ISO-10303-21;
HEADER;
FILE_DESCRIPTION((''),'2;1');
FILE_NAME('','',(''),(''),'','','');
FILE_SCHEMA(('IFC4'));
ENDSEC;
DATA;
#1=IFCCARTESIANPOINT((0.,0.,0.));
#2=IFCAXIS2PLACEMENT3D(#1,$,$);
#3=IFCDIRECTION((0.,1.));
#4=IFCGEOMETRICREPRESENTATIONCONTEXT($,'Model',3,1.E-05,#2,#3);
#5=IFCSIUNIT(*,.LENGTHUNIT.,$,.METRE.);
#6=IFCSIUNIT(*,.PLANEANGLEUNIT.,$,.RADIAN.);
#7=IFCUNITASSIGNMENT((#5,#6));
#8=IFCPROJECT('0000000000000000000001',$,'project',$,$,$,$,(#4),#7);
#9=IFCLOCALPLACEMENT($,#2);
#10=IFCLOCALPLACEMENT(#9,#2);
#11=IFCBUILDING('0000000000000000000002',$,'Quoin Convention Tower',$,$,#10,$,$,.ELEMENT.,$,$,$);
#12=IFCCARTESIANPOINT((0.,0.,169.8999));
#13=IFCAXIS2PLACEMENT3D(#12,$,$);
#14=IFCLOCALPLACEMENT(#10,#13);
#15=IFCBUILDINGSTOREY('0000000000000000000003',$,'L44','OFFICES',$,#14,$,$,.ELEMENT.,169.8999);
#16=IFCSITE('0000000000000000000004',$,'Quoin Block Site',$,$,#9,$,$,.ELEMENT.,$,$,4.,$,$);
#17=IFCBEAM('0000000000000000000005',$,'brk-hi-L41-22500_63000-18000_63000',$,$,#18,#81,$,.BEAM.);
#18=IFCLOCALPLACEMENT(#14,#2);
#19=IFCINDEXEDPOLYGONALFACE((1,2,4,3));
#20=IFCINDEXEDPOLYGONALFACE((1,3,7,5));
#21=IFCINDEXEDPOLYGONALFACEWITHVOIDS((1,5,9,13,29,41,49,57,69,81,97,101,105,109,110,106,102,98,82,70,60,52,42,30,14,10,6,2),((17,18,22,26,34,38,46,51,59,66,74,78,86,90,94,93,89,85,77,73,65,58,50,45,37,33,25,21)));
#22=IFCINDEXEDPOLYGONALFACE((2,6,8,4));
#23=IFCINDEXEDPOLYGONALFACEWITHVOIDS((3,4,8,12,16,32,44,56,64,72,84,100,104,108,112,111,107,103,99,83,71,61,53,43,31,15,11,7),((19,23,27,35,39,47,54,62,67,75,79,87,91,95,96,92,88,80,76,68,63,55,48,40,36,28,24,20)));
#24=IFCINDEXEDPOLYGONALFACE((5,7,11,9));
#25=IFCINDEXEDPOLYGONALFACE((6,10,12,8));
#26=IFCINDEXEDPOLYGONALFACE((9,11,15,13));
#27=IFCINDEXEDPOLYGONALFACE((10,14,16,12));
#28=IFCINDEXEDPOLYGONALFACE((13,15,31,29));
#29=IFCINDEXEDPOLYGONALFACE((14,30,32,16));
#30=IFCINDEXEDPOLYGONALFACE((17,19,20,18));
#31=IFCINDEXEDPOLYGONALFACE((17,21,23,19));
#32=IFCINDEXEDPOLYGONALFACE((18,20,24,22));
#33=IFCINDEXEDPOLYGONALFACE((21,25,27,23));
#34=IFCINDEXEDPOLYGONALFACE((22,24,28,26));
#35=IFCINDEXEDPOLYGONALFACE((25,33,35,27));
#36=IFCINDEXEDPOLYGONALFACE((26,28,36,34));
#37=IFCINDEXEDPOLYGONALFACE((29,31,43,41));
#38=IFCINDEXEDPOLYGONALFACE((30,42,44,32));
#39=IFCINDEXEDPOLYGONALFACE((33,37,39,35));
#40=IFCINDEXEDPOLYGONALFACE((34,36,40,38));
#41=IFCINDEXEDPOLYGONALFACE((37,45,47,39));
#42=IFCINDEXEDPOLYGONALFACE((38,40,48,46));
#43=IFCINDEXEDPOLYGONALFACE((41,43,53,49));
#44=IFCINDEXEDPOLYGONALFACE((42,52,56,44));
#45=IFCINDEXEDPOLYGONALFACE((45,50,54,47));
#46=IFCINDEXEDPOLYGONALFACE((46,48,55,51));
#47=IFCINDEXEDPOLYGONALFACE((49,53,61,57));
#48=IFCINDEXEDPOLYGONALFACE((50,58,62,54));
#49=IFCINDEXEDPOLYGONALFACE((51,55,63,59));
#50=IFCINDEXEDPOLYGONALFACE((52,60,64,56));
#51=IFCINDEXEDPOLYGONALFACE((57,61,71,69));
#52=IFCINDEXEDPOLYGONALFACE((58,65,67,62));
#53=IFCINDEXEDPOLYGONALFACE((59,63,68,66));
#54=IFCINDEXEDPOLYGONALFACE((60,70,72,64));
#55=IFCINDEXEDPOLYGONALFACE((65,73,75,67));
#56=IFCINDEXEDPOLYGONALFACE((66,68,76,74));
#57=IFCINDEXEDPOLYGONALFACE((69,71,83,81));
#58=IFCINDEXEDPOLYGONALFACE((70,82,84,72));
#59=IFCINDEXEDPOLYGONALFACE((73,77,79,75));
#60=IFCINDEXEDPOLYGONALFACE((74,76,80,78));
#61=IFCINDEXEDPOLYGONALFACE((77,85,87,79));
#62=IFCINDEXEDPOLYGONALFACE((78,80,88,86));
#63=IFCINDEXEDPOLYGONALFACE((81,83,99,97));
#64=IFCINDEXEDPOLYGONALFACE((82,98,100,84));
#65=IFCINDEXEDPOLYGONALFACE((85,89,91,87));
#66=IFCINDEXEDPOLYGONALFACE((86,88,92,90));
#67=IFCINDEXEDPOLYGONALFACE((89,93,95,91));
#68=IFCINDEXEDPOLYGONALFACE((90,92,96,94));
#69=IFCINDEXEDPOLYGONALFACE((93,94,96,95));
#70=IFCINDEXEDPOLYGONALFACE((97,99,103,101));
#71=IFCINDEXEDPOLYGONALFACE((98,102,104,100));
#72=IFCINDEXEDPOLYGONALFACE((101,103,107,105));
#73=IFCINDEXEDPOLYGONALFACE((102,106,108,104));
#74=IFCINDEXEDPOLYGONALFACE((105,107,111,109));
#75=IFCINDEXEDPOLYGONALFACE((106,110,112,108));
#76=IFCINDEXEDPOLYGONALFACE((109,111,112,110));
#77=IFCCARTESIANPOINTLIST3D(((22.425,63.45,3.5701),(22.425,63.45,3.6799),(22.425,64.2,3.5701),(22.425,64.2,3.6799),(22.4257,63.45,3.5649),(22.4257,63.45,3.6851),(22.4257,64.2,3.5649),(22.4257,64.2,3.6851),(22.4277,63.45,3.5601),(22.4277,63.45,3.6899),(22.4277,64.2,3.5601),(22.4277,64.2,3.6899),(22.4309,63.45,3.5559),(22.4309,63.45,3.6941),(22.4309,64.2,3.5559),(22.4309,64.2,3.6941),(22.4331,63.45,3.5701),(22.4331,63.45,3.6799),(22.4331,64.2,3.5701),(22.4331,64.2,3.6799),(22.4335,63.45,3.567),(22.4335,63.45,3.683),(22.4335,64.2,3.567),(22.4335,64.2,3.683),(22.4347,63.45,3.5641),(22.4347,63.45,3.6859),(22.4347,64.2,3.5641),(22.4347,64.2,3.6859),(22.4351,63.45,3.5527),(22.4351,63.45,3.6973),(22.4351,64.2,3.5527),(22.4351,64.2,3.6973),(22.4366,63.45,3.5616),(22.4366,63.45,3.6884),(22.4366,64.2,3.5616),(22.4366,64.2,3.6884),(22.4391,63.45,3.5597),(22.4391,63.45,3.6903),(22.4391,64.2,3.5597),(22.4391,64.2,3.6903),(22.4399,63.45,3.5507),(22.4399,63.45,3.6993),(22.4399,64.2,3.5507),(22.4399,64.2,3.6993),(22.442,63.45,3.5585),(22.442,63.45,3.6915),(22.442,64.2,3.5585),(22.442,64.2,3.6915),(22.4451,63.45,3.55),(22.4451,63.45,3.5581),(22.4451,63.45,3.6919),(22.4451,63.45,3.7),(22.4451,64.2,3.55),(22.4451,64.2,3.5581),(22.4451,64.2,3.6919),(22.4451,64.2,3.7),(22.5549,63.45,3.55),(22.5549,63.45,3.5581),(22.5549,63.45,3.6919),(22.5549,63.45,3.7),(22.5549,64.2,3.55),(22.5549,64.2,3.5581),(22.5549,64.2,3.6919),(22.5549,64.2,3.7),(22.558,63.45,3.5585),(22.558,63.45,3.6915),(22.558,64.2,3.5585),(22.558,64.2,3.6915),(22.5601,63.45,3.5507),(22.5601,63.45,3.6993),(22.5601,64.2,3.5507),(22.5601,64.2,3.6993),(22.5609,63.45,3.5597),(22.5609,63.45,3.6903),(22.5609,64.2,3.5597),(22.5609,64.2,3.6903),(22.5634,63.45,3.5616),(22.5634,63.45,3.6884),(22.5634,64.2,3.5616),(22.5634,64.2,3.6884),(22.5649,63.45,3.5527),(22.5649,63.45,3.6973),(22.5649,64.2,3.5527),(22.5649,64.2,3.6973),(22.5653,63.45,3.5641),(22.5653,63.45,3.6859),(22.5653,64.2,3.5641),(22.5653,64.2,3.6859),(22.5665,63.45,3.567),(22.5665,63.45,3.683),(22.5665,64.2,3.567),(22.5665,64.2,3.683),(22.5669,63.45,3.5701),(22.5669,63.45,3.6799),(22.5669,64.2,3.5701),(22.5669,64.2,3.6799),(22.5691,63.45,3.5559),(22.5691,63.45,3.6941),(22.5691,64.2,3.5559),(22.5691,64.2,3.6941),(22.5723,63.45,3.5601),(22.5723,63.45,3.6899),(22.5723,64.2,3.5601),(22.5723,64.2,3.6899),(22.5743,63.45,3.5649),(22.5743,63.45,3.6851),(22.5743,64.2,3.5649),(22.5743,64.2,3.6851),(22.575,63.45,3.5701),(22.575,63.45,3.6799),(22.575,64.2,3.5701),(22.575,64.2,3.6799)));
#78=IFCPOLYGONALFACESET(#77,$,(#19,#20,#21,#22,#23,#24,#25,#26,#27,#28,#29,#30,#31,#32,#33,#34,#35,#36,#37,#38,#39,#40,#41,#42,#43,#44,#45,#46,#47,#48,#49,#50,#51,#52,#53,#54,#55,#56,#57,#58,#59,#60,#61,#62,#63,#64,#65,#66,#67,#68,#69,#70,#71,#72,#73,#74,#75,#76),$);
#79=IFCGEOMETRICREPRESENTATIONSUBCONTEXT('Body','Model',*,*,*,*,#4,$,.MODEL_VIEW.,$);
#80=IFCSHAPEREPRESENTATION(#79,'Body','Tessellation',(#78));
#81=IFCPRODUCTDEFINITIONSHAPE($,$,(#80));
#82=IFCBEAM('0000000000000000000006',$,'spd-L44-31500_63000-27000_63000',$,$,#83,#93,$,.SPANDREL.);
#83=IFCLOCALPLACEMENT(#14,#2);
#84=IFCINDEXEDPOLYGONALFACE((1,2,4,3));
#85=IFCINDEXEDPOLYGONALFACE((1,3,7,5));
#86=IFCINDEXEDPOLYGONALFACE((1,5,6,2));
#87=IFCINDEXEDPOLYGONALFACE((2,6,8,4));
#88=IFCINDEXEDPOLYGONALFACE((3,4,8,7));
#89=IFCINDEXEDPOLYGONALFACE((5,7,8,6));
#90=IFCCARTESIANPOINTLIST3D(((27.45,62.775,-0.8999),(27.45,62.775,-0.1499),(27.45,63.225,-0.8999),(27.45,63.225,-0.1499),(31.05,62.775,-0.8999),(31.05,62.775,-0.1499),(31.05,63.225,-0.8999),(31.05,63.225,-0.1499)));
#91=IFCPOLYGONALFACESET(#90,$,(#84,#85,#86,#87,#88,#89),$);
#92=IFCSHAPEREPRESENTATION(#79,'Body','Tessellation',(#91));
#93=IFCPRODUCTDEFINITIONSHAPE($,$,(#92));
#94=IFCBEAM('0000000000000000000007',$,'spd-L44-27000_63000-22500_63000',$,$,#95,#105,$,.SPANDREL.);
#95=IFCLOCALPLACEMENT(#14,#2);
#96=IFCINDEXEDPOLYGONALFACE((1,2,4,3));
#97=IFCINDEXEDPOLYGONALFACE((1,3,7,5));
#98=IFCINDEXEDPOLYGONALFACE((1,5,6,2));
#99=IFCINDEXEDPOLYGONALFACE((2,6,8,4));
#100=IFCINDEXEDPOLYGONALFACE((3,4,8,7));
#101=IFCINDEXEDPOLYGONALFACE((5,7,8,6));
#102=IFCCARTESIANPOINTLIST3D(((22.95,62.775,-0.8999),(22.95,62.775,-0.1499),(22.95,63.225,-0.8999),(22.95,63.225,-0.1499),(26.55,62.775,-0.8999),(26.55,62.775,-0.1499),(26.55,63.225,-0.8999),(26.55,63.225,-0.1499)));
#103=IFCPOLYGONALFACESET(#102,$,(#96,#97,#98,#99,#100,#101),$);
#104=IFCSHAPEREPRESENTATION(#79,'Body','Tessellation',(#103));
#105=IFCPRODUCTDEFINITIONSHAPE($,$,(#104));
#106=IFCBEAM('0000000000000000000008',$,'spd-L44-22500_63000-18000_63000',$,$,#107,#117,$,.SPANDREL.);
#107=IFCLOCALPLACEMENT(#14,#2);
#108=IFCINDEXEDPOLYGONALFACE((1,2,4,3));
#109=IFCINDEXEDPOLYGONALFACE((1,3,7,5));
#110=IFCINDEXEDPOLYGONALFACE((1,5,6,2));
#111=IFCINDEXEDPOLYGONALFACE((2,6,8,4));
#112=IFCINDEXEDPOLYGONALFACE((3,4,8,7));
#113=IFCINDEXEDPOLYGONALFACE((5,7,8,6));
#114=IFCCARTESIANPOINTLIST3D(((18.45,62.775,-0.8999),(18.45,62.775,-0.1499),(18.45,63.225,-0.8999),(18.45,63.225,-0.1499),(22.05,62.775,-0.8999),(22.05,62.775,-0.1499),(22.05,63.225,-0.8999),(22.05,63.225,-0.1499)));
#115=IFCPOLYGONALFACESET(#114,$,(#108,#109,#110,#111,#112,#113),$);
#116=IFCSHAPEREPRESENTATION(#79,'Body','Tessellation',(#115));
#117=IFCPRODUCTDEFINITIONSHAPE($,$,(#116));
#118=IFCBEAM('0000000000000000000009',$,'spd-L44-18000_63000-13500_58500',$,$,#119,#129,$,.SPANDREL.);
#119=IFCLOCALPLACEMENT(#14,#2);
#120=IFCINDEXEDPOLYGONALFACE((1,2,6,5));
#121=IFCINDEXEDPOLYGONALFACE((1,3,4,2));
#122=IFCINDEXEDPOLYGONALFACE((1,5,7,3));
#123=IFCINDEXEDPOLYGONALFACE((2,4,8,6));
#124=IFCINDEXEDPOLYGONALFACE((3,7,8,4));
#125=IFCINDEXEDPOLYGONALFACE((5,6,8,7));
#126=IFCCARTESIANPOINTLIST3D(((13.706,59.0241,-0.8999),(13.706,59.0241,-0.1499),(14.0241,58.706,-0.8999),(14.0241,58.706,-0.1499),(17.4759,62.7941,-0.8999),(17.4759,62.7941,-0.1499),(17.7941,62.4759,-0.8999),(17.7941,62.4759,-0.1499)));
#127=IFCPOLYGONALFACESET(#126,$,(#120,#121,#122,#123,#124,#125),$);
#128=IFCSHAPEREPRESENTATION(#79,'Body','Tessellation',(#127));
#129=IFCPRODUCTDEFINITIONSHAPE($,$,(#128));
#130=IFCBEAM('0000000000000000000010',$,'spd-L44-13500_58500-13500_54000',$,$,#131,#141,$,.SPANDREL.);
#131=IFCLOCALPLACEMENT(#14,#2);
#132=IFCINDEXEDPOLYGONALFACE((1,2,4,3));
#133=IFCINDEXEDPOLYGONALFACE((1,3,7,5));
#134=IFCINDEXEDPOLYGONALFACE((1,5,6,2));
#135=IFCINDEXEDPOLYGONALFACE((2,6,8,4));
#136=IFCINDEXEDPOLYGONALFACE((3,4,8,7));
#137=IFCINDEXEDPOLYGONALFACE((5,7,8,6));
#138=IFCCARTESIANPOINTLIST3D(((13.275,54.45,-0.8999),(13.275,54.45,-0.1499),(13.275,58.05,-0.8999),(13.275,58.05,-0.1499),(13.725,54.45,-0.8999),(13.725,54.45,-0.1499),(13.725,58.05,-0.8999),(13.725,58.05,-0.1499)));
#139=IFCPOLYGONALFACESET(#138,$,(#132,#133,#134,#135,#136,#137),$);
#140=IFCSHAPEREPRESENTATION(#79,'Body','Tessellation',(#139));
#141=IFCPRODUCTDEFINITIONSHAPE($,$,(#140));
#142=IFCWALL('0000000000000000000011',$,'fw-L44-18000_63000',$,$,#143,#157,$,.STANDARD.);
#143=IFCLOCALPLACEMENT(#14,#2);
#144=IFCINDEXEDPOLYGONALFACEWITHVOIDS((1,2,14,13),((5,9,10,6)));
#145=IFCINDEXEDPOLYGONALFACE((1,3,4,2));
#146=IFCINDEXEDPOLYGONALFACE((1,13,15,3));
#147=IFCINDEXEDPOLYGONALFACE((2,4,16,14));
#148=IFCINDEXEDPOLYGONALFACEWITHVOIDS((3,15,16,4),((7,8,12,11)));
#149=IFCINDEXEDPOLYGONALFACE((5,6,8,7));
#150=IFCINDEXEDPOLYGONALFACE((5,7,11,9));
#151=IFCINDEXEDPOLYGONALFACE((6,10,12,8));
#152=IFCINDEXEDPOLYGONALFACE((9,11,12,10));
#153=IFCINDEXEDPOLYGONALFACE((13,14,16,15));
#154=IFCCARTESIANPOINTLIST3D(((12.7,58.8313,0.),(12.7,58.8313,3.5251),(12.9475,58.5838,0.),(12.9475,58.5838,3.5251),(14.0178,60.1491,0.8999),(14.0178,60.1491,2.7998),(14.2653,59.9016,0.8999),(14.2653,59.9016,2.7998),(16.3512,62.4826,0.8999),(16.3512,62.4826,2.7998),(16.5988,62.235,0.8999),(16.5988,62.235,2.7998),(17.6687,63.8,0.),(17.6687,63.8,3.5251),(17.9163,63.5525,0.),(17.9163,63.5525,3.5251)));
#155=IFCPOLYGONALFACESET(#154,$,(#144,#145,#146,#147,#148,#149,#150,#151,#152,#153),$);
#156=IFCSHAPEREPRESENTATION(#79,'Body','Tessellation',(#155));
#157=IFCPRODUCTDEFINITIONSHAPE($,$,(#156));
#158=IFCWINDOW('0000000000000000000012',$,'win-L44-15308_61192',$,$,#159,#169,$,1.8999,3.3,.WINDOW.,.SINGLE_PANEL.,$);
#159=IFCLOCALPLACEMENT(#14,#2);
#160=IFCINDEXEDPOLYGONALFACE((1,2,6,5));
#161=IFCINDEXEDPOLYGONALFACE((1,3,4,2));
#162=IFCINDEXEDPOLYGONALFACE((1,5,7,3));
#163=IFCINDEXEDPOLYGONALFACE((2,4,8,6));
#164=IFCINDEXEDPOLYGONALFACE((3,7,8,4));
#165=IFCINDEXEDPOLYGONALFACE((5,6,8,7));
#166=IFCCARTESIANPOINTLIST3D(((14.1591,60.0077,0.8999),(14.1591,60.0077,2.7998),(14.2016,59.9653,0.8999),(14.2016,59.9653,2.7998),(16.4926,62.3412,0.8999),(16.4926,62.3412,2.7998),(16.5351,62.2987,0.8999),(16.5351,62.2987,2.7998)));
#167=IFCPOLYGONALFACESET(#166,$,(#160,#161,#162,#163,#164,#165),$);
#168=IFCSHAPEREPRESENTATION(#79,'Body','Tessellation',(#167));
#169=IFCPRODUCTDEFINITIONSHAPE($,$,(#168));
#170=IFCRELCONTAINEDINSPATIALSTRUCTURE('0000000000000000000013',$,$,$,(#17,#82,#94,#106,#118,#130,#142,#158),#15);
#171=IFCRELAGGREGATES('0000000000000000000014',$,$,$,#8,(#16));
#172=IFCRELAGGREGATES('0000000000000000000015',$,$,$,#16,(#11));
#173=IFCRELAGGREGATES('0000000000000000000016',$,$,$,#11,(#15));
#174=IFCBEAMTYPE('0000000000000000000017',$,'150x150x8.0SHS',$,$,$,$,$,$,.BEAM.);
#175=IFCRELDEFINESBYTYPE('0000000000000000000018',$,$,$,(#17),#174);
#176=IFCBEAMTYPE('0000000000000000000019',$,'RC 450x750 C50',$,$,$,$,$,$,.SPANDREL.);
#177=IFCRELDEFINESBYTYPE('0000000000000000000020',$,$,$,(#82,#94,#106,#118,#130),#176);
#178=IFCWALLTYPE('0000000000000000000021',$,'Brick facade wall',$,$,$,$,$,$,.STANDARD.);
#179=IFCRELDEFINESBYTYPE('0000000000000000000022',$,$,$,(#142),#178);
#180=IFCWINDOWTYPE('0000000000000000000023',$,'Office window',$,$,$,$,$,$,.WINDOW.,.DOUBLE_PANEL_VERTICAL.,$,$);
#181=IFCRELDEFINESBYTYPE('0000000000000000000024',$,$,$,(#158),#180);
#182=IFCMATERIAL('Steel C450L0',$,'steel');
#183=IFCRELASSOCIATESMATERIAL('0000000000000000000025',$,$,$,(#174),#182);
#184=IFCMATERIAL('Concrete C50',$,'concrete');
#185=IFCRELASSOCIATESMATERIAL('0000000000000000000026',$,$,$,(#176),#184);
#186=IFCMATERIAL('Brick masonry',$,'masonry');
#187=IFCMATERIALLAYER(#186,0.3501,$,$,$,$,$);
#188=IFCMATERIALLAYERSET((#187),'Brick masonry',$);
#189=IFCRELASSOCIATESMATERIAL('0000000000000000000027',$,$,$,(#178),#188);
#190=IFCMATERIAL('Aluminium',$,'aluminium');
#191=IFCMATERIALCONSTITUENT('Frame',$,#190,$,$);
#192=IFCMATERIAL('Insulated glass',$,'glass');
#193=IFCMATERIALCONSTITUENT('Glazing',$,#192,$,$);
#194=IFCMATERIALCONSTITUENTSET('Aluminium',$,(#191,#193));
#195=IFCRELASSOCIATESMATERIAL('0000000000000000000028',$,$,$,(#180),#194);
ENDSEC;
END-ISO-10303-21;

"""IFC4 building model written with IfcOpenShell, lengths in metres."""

from ifc_helpers import new_model, si_unit, direction, frame, frame_2d, origin, origin_2d, place, context, subcontext, project, spatial, rectangle, hollow_rectangle, extrude, material, layer, layer_set, constituent, constituent_set, material_profile, profile_set, type_object, element, fill, save


model = new_model("IFC4")

# Units and contexts
model_context = context("Model", 3, precision=1e-05, world=origin(), true_north=direction((0.0, 1.0)))
body_context = subcontext(model_context, "Body", "Model", "MODEL_VIEW")
ifc_project = project(units=[si_unit("LENGTHUNIT", "METRE"), si_unit("PLANEANGLEUNIT", "RADIAN")], contexts=[model_context])

# Site, building, storey
site_placement = place(None, origin())
site = spatial("IfcSite", under=ifc_project, at=site_placement, Name="Quoin Block Site", CompositionType="ELEMENT", RefElevation=4.0)
building_placement = place(site_placement, origin())
building = spatial("IfcBuilding", under=site, at=building_placement, Name="Quoin Convention Tower", CompositionType="ELEMENT")
storey_placement = place(building_placement, frame((0.0, 0.0, 169.8999)))
storey = spatial("IfcBuildingStorey", under=building, at=storey_placement, Name="L44", Description="OFFICES", CompositionType="ELEMENT", Elevation=169.8999)

# Shared definitions
ifc_material_1 = material(Name="Concrete C50", Category="concrete")

# Beams
ifc_material_2 = material(Name="Steel C450L0", Category="steel")
ifc_material_profile_1 = material_profile(ifc_material_2, hollow_rectangle(XDim=0.1499, YDim=0.1499, WallThickness=0.0081, InnerFilletRadius=0.012, OuterFilletRadius=0.02, at=origin_2d()), Name="150x150x8.0SHS")
ifc_profile_set_1 = profile_set([ifc_material_profile_1], Name="Steel C450L0")
beam_type_1 = type_object("IfcBeamType", Name="150x150x8.0SHS", PredefinedType="BEAM", material=ifc_profile_set_1)
for number, where, z_axis, x_axis, name in (
    (1, (22.5, 63.45, 3.625), (0.0, 1.0, 0.0), (-1.0, 0.0, 0.0), "brk-hi-L41-22500_63000-18000_63000"),
):
    element("IfcBeam", number, at=place(storey_placement, frame(where, z_axis=z_axis, x_axis=x_axis)), inside=storey, type_object=beam_type_1, Name=name, PredefinedType="BEAM", context=body_context, shape_type="SweptSolid", body=[
        extrude(hollow_rectangle(XDim=0.1499, YDim=0.1499, WallThickness=0.0081, InnerFilletRadius=0.012, OuterFilletRadius=0.02, at=origin_2d()), origin(), (0.0, 0.0, 1.0), 0.75),
    ])
ifc_material_profile_2 = material_profile(ifc_material_1, rectangle(XDim=0.45, YDim=0.75, at=origin_2d()), Name="RC 450x750")
ifc_profile_set_2 = profile_set([ifc_material_profile_2], Name="Concrete C50")
beam_type_2 = type_object("IfcBeamType", Name="RC 450x750 C50", PredefinedType="SPANDREL", material=ifc_profile_set_2)
for number, where, z_axis, x_axis, name in (
    (2, (31.05, 63.0, -0.5249), (-1.0, 0.0, 0.0), (0.0, -1.0, 0.0), "spd-L44-31500_63000-27000_63000"),
    (3, (26.55, 63.0, -0.5249), (-1.0, 0.0, 0.0), (0.0, -1.0, 0.0), "spd-L44-27000_63000-22500_63000"),
    (4, (22.05, 63.0, -0.5249), (-1.0, 0.0, 0.0), (0.0, -1.0, 0.0), "spd-L44-22500_63000-18000_63000"),
):
    element("IfcBeam", number, at=place(storey_placement, frame(where, z_axis=z_axis, x_axis=x_axis)), inside=storey, type_object=beam_type_2, Name=name, PredefinedType="SPANDREL", context=body_context, shape_type="SweptSolid", body=[
        extrude(rectangle(XDim=0.45, YDim=0.75, at=origin_2d()), origin(), (0.0, 0.0, 1.0), 3.6001),
    ])
beam_1_placement = place(storey_placement, frame((17.635, 62.635, -0.5249), z_axis=(-0.707107, -0.707107, 0.0), x_axis=(0.707107, -0.707107, 0.0)))
element("IfcBeam", 5, at=beam_1_placement, inside=storey, type_object=beam_type_2, Name="spd-L44-18000_63000-13500_58500", PredefinedType="SPANDREL", context=body_context, shape_type="SweptSolid", body=[
    extrude(rectangle(XDim=0.45, YDim=0.75, at=origin_2d()), origin(), (0.0, 0.0, 1.0), 5.3315),
])
beam_2_placement = place(storey_placement, frame((13.5, 58.05, -0.5249), z_axis=(0.0, -1.0, 0.0), x_axis=(1.0, 0.0, 0.0)))
element("IfcBeam", 6, at=beam_2_placement, inside=storey, type_object=beam_type_2, Name="spd-L44-13500_58500-13500_54000", PredefinedType="SPANDREL", context=body_context, shape_type="SweptSolid", body=[
    extrude(rectangle(XDim=0.45, YDim=0.75, at=origin_2d()), origin(), (0.0, 0.0, 1.0), 3.6001),
])

# Wall, opening, window
ifc_material_3 = material(Name="Brick masonry", Category="masonry")
ifc_layer_1 = layer(ifc_material_3, 0.3501)
ifc_layer_set_1 = layer_set([ifc_layer_1], Name="Brick masonry")
wall_type_1 = type_object("IfcWallType", Name="Brick facade wall", PredefinedType="STANDARD", material=ifc_layer_set_1)
wall_1_placement = place(storey_placement, frame((17.7925, 63.6763, 0.0), z_axis=(0.0, 0.0, 1.0), x_axis=(-0.707107, -0.707107, 0.0)))
wall_1 = element("IfcWall", 7, at=wall_1_placement, inside=storey, type_object=wall_type_1, Name="fw-L44-18000_63000", PredefinedType="STANDARD", context=body_context, shape_type="SweptSolid", body=[
    extrude(rectangle(XDim=7.0269, YDim=0.3501, at=frame_2d((3.5134, 0.0))), origin(), (0.0, 0.0, 1.0), 3.5251),
])
opening_1_placement = place(wall_1_placement, frame((1.8633, 0.0, 0.8999)))
opening_1 = element("IfcOpeningElement", 8, at=opening_1_placement, cuts=wall_1, PredefinedType="OPENING", context=body_context, shape_type="SweptSolid", body=[
    extrude(rectangle(XDim=3.3, YDim=1.8999, at=frame_2d((1.6499, 0.95))), frame((0.0, 0.1851, 0.0), z_axis=(0.0, -1.0, 0.0), x_axis=(1.0, 0.0, 0.0)), (0.0, 0.0, 1.0), 0.3701),
])
ifc_material_4 = material(Name="Aluminium", Category="aluminium")
ifc_constituent_1 = constituent(ifc_material_4, Name="Frame")
ifc_material_5 = material(Name="Insulated glass", Category="glass")
ifc_constituent_2 = constituent(ifc_material_5, Name="Glazing")
ifc_constituent_set = constituent_set(constituents=[ifc_constituent_1, ifc_constituent_2], Name="Aluminium")
window_type = type_object("IfcWindowType", Name="Office window", PartitioningType="DOUBLE_PANEL_VERTICAL", PredefinedType="WINDOW", material=ifc_constituent_set)
window_1_placement = place(opening_1_placement, origin())
window_1 = element("IfcWindow", 9, at=window_1_placement, inside=storey, type_object=window_type, Name="win-L44-15308_61192", OverallHeight=1.8999, OverallWidth=3.3, PartitioningType="SINGLE_PANEL", PredefinedType="WINDOW", context=body_context, shape_type="SweptSolid", body=[
    extrude(rectangle(XDim=3.3, YDim=1.8999, at=frame_2d((1.6499, 0.95))), frame((0.0, 0.085, 0.0), z_axis=(0.0, -1.0, 0.0), x_axis=(1.0, 0.0, 0.0)), (0.0, 0.0, 1.0), 0.0601),
])
fill(opening_1, window_1)

save(model, "model.ifc")
